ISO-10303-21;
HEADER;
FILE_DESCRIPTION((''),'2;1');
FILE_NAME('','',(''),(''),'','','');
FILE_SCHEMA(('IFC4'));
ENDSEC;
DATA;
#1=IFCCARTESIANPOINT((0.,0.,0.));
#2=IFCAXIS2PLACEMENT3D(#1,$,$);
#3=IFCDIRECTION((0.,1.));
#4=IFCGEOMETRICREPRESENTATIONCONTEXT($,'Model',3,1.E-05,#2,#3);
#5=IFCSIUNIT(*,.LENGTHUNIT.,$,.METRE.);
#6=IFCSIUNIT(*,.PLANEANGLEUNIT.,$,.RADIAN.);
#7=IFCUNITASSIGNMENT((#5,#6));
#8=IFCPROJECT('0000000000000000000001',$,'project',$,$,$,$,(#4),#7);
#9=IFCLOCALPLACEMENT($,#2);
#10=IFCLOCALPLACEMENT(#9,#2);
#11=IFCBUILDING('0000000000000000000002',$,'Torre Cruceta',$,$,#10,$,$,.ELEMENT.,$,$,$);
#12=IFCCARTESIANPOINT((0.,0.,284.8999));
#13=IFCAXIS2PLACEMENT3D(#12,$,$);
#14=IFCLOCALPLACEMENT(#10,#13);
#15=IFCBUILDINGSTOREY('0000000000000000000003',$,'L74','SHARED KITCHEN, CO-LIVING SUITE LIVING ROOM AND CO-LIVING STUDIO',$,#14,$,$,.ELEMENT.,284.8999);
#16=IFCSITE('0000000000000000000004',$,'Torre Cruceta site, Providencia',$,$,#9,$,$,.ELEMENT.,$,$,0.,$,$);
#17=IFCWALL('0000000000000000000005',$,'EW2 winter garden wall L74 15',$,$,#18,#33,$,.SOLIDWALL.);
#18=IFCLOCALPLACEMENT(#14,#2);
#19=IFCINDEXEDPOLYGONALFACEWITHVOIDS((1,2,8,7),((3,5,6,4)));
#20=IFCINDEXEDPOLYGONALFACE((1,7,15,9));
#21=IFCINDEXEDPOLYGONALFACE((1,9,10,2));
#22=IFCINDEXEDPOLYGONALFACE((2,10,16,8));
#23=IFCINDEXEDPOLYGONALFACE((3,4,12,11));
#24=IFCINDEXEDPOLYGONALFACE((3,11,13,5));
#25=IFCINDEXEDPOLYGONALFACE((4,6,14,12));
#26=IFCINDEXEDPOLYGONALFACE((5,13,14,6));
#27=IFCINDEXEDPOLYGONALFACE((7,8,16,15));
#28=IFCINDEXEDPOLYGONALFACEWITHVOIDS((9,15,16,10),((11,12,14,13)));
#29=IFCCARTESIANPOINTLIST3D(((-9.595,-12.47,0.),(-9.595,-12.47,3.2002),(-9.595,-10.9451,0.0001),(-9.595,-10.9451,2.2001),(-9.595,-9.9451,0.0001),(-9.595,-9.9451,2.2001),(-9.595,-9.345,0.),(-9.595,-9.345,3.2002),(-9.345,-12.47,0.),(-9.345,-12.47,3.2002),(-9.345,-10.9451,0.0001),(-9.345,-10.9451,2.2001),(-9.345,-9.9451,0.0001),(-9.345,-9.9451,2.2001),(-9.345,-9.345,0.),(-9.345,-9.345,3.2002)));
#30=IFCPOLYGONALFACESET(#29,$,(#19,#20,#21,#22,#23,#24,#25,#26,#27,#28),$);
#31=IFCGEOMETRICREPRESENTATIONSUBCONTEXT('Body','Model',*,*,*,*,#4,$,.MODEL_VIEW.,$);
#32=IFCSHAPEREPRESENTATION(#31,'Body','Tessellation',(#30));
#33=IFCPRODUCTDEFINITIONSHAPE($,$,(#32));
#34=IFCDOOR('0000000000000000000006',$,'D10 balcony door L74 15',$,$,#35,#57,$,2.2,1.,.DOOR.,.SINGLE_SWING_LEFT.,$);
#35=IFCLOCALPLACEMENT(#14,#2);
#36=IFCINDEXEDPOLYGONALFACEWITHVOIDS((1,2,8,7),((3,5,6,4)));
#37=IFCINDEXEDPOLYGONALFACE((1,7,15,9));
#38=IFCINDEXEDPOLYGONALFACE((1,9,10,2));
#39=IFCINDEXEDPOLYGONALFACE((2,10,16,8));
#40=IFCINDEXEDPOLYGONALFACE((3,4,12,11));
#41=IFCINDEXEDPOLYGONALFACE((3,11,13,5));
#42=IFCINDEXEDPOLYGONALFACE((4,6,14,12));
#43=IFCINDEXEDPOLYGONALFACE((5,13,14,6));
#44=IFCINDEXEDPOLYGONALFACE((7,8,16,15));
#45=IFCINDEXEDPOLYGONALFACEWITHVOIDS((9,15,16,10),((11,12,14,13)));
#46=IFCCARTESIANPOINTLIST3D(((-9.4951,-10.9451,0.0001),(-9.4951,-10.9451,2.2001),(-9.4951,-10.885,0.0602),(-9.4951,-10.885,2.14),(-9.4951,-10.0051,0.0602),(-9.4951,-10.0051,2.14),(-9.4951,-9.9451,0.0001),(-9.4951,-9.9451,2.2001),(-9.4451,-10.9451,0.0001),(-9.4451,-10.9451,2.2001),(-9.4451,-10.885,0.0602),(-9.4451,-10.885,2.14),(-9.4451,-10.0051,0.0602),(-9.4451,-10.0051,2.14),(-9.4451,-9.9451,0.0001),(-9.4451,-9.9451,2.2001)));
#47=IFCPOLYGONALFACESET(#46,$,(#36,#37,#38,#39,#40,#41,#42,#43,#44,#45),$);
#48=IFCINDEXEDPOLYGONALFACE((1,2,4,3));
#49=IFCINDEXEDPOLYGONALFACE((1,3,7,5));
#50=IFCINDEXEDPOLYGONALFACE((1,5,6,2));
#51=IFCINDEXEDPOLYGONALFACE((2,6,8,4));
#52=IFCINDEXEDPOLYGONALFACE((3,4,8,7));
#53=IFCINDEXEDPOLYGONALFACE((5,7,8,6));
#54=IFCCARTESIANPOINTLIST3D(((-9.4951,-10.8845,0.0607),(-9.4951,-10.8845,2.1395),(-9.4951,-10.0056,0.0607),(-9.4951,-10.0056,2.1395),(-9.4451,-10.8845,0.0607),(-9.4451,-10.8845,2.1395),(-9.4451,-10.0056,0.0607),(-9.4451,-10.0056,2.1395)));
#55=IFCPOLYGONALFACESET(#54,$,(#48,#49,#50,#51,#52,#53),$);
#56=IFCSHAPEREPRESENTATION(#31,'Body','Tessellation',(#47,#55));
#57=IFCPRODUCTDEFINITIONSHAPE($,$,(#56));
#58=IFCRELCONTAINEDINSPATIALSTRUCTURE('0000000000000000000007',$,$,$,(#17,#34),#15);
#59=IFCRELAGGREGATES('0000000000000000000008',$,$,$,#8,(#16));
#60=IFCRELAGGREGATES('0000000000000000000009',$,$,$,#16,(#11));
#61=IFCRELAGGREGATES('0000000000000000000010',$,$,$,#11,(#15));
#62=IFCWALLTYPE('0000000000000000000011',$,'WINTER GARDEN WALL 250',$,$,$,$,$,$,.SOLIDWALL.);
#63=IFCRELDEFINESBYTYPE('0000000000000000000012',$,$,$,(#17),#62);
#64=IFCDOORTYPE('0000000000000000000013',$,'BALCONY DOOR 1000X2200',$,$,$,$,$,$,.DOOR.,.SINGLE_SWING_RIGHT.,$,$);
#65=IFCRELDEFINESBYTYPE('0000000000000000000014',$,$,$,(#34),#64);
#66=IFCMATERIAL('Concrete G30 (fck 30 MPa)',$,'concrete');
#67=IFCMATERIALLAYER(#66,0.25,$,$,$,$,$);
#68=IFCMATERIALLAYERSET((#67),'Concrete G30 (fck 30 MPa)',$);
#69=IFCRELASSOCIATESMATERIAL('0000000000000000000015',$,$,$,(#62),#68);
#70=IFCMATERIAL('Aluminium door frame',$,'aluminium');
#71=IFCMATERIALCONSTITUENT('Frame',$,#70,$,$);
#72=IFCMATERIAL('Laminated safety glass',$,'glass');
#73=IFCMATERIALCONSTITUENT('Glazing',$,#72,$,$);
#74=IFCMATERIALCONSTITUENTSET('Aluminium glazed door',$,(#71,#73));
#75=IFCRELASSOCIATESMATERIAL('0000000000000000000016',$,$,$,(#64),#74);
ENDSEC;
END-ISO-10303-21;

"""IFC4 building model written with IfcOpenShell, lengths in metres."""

from ifc_helpers import new_model, si_unit, direction, frame, frame_2d, origin, place, context, subcontext, project, spatial, rectangle, hollow_rectangle, extrude, material, layer, layer_set, constituent, constituent_set, type_object, element, fill, save


model = new_model("IFC4")

# Units and contexts
model_context = context("Model", 3, precision=1e-05, world=origin(), true_north=direction((0.0, 1.0)))
body_context = subcontext(model_context, "Body", "Model", "MODEL_VIEW")
ifc_project = project(units=[si_unit("LENGTHUNIT", "METRE"), si_unit("PLANEANGLEUNIT", "RADIAN")], contexts=[model_context])

# Site, building, storey
site_placement = place(None, origin())
site = spatial("IfcSite", under=ifc_project, at=site_placement, Name="Torre Cruceta site, Providencia", CompositionType="ELEMENT", RefElevation=0.0)
building_placement = place(site_placement, origin())
building = spatial("IfcBuilding", under=site, at=building_placement, Name="Torre Cruceta", CompositionType="ELEMENT")
storey_placement = place(building_placement, frame((0.0, 0.0, 284.8999)))
storey = spatial("IfcBuildingStorey", under=building, at=storey_placement, Name="L74", Description="SHARED KITCHEN, CO-LIVING SUITE LIVING ROOM AND CO-LIVING STUDIO", CompositionType="ELEMENT", Elevation=284.8999)

# Wall, opening, door
ifc_material_1 = material(Name="Concrete G30 (fck 30 MPa)", Category="concrete")
ifc_layer_1 = layer(ifc_material_1, 0.25)
ifc_layer_set_1 = layer_set([ifc_layer_1], Name="Concrete G30 (fck 30 MPa)")
wall_type_1 = type_object("IfcWallType", Name="WINTER GARDEN WALL 250", PredefinedType="SOLIDWALL", material=ifc_layer_set_1)
ifc_material_2 = material(Name="Aluminium door frame", Category="aluminium")
ifc_constituent_1 = constituent(ifc_material_2, Name="Frame")
ifc_material_3 = material(Name="Laminated safety glass", Category="glass")
ifc_constituent_2 = constituent(ifc_material_3, Name="Glazing")
ifc_constituent_set_1 = constituent_set(constituents=[ifc_constituent_1, ifc_constituent_2], Name="Aluminium glazed door")
door_type_1 = type_object("IfcDoorType", Name="BALCONY DOOR 1000X2200", OperationType="SINGLE_SWING_RIGHT", PredefinedType="DOOR", material=ifc_constituent_set_1)
wall_1_placement = place(storey_placement, frame((-9.47, -9.345, 0.0), z_axis=(0.0, 0.0, 1.0), x_axis=(0.0, -1.0, 0.0)))
wall_1 = element("IfcWall", 1, at=wall_1_placement, inside=storey, type_object=wall_type_1, Name="EW2 winter garden wall L74 15", PredefinedType="SOLIDWALL", context=body_context, shape_type="SweptSolid", body=[
    extrude(rectangle(XDim=3.125, YDim=0.25, at=frame_2d((1.5625, 0.0))), origin(), (0.0, 0.0, 1.0), 3.2002),
])
opening_1_placement = place(wall_1_placement, frame((0.6001, 0.0, 0.0)))
opening_1 = element("IfcOpeningElement", 2, at=opening_1_placement, cuts=wall_1, PredefinedType="OPENING", context=body_context, shape_type="SweptSolid", body=[
    extrude(rectangle(XDim=1.0, YDim=2.2, at=frame_2d((0.5, 1.1001))), frame((0.0, 0.135, 0.0), z_axis=(0.0, -1.0, 0.0), x_axis=(1.0, 0.0, 0.0)), (0.0, 0.0, 1.0), 0.27),
])
door_1_placement = place(opening_1_placement, origin())
door_1 = element("IfcDoor", 3, at=door_1_placement, inside=storey, type_object=door_type_1, Name="D10 balcony door L74 15", OperationType="SINGLE_SWING_LEFT", OverallHeight=2.2, OverallWidth=1.0, PredefinedType="DOOR", context=body_context, shape_type="SweptSolid", body=[
    extrude(hollow_rectangle(XDim=1.0, YDim=2.2, WallThickness=0.0601, at=frame_2d((0.5, 1.1001))), frame((0.0, 0.0249, 0.0), z_axis=(0.0, -1.0, 0.0), x_axis=(1.0, 0.0, 0.0)), (0.0, 0.0, 1.0), 0.05),
    extrude(rectangle(XDim=0.8789, YDim=2.0789, at=frame_2d((0.5, 1.1001))), frame((0.0, 0.0249, 0.0), z_axis=(0.0, -1.0, 0.0), x_axis=(1.0, 0.0, 0.0)), (0.0, 0.0, 1.0), 0.05),
])
fill(opening_1, door_1)

save(model, "model.ifc")
